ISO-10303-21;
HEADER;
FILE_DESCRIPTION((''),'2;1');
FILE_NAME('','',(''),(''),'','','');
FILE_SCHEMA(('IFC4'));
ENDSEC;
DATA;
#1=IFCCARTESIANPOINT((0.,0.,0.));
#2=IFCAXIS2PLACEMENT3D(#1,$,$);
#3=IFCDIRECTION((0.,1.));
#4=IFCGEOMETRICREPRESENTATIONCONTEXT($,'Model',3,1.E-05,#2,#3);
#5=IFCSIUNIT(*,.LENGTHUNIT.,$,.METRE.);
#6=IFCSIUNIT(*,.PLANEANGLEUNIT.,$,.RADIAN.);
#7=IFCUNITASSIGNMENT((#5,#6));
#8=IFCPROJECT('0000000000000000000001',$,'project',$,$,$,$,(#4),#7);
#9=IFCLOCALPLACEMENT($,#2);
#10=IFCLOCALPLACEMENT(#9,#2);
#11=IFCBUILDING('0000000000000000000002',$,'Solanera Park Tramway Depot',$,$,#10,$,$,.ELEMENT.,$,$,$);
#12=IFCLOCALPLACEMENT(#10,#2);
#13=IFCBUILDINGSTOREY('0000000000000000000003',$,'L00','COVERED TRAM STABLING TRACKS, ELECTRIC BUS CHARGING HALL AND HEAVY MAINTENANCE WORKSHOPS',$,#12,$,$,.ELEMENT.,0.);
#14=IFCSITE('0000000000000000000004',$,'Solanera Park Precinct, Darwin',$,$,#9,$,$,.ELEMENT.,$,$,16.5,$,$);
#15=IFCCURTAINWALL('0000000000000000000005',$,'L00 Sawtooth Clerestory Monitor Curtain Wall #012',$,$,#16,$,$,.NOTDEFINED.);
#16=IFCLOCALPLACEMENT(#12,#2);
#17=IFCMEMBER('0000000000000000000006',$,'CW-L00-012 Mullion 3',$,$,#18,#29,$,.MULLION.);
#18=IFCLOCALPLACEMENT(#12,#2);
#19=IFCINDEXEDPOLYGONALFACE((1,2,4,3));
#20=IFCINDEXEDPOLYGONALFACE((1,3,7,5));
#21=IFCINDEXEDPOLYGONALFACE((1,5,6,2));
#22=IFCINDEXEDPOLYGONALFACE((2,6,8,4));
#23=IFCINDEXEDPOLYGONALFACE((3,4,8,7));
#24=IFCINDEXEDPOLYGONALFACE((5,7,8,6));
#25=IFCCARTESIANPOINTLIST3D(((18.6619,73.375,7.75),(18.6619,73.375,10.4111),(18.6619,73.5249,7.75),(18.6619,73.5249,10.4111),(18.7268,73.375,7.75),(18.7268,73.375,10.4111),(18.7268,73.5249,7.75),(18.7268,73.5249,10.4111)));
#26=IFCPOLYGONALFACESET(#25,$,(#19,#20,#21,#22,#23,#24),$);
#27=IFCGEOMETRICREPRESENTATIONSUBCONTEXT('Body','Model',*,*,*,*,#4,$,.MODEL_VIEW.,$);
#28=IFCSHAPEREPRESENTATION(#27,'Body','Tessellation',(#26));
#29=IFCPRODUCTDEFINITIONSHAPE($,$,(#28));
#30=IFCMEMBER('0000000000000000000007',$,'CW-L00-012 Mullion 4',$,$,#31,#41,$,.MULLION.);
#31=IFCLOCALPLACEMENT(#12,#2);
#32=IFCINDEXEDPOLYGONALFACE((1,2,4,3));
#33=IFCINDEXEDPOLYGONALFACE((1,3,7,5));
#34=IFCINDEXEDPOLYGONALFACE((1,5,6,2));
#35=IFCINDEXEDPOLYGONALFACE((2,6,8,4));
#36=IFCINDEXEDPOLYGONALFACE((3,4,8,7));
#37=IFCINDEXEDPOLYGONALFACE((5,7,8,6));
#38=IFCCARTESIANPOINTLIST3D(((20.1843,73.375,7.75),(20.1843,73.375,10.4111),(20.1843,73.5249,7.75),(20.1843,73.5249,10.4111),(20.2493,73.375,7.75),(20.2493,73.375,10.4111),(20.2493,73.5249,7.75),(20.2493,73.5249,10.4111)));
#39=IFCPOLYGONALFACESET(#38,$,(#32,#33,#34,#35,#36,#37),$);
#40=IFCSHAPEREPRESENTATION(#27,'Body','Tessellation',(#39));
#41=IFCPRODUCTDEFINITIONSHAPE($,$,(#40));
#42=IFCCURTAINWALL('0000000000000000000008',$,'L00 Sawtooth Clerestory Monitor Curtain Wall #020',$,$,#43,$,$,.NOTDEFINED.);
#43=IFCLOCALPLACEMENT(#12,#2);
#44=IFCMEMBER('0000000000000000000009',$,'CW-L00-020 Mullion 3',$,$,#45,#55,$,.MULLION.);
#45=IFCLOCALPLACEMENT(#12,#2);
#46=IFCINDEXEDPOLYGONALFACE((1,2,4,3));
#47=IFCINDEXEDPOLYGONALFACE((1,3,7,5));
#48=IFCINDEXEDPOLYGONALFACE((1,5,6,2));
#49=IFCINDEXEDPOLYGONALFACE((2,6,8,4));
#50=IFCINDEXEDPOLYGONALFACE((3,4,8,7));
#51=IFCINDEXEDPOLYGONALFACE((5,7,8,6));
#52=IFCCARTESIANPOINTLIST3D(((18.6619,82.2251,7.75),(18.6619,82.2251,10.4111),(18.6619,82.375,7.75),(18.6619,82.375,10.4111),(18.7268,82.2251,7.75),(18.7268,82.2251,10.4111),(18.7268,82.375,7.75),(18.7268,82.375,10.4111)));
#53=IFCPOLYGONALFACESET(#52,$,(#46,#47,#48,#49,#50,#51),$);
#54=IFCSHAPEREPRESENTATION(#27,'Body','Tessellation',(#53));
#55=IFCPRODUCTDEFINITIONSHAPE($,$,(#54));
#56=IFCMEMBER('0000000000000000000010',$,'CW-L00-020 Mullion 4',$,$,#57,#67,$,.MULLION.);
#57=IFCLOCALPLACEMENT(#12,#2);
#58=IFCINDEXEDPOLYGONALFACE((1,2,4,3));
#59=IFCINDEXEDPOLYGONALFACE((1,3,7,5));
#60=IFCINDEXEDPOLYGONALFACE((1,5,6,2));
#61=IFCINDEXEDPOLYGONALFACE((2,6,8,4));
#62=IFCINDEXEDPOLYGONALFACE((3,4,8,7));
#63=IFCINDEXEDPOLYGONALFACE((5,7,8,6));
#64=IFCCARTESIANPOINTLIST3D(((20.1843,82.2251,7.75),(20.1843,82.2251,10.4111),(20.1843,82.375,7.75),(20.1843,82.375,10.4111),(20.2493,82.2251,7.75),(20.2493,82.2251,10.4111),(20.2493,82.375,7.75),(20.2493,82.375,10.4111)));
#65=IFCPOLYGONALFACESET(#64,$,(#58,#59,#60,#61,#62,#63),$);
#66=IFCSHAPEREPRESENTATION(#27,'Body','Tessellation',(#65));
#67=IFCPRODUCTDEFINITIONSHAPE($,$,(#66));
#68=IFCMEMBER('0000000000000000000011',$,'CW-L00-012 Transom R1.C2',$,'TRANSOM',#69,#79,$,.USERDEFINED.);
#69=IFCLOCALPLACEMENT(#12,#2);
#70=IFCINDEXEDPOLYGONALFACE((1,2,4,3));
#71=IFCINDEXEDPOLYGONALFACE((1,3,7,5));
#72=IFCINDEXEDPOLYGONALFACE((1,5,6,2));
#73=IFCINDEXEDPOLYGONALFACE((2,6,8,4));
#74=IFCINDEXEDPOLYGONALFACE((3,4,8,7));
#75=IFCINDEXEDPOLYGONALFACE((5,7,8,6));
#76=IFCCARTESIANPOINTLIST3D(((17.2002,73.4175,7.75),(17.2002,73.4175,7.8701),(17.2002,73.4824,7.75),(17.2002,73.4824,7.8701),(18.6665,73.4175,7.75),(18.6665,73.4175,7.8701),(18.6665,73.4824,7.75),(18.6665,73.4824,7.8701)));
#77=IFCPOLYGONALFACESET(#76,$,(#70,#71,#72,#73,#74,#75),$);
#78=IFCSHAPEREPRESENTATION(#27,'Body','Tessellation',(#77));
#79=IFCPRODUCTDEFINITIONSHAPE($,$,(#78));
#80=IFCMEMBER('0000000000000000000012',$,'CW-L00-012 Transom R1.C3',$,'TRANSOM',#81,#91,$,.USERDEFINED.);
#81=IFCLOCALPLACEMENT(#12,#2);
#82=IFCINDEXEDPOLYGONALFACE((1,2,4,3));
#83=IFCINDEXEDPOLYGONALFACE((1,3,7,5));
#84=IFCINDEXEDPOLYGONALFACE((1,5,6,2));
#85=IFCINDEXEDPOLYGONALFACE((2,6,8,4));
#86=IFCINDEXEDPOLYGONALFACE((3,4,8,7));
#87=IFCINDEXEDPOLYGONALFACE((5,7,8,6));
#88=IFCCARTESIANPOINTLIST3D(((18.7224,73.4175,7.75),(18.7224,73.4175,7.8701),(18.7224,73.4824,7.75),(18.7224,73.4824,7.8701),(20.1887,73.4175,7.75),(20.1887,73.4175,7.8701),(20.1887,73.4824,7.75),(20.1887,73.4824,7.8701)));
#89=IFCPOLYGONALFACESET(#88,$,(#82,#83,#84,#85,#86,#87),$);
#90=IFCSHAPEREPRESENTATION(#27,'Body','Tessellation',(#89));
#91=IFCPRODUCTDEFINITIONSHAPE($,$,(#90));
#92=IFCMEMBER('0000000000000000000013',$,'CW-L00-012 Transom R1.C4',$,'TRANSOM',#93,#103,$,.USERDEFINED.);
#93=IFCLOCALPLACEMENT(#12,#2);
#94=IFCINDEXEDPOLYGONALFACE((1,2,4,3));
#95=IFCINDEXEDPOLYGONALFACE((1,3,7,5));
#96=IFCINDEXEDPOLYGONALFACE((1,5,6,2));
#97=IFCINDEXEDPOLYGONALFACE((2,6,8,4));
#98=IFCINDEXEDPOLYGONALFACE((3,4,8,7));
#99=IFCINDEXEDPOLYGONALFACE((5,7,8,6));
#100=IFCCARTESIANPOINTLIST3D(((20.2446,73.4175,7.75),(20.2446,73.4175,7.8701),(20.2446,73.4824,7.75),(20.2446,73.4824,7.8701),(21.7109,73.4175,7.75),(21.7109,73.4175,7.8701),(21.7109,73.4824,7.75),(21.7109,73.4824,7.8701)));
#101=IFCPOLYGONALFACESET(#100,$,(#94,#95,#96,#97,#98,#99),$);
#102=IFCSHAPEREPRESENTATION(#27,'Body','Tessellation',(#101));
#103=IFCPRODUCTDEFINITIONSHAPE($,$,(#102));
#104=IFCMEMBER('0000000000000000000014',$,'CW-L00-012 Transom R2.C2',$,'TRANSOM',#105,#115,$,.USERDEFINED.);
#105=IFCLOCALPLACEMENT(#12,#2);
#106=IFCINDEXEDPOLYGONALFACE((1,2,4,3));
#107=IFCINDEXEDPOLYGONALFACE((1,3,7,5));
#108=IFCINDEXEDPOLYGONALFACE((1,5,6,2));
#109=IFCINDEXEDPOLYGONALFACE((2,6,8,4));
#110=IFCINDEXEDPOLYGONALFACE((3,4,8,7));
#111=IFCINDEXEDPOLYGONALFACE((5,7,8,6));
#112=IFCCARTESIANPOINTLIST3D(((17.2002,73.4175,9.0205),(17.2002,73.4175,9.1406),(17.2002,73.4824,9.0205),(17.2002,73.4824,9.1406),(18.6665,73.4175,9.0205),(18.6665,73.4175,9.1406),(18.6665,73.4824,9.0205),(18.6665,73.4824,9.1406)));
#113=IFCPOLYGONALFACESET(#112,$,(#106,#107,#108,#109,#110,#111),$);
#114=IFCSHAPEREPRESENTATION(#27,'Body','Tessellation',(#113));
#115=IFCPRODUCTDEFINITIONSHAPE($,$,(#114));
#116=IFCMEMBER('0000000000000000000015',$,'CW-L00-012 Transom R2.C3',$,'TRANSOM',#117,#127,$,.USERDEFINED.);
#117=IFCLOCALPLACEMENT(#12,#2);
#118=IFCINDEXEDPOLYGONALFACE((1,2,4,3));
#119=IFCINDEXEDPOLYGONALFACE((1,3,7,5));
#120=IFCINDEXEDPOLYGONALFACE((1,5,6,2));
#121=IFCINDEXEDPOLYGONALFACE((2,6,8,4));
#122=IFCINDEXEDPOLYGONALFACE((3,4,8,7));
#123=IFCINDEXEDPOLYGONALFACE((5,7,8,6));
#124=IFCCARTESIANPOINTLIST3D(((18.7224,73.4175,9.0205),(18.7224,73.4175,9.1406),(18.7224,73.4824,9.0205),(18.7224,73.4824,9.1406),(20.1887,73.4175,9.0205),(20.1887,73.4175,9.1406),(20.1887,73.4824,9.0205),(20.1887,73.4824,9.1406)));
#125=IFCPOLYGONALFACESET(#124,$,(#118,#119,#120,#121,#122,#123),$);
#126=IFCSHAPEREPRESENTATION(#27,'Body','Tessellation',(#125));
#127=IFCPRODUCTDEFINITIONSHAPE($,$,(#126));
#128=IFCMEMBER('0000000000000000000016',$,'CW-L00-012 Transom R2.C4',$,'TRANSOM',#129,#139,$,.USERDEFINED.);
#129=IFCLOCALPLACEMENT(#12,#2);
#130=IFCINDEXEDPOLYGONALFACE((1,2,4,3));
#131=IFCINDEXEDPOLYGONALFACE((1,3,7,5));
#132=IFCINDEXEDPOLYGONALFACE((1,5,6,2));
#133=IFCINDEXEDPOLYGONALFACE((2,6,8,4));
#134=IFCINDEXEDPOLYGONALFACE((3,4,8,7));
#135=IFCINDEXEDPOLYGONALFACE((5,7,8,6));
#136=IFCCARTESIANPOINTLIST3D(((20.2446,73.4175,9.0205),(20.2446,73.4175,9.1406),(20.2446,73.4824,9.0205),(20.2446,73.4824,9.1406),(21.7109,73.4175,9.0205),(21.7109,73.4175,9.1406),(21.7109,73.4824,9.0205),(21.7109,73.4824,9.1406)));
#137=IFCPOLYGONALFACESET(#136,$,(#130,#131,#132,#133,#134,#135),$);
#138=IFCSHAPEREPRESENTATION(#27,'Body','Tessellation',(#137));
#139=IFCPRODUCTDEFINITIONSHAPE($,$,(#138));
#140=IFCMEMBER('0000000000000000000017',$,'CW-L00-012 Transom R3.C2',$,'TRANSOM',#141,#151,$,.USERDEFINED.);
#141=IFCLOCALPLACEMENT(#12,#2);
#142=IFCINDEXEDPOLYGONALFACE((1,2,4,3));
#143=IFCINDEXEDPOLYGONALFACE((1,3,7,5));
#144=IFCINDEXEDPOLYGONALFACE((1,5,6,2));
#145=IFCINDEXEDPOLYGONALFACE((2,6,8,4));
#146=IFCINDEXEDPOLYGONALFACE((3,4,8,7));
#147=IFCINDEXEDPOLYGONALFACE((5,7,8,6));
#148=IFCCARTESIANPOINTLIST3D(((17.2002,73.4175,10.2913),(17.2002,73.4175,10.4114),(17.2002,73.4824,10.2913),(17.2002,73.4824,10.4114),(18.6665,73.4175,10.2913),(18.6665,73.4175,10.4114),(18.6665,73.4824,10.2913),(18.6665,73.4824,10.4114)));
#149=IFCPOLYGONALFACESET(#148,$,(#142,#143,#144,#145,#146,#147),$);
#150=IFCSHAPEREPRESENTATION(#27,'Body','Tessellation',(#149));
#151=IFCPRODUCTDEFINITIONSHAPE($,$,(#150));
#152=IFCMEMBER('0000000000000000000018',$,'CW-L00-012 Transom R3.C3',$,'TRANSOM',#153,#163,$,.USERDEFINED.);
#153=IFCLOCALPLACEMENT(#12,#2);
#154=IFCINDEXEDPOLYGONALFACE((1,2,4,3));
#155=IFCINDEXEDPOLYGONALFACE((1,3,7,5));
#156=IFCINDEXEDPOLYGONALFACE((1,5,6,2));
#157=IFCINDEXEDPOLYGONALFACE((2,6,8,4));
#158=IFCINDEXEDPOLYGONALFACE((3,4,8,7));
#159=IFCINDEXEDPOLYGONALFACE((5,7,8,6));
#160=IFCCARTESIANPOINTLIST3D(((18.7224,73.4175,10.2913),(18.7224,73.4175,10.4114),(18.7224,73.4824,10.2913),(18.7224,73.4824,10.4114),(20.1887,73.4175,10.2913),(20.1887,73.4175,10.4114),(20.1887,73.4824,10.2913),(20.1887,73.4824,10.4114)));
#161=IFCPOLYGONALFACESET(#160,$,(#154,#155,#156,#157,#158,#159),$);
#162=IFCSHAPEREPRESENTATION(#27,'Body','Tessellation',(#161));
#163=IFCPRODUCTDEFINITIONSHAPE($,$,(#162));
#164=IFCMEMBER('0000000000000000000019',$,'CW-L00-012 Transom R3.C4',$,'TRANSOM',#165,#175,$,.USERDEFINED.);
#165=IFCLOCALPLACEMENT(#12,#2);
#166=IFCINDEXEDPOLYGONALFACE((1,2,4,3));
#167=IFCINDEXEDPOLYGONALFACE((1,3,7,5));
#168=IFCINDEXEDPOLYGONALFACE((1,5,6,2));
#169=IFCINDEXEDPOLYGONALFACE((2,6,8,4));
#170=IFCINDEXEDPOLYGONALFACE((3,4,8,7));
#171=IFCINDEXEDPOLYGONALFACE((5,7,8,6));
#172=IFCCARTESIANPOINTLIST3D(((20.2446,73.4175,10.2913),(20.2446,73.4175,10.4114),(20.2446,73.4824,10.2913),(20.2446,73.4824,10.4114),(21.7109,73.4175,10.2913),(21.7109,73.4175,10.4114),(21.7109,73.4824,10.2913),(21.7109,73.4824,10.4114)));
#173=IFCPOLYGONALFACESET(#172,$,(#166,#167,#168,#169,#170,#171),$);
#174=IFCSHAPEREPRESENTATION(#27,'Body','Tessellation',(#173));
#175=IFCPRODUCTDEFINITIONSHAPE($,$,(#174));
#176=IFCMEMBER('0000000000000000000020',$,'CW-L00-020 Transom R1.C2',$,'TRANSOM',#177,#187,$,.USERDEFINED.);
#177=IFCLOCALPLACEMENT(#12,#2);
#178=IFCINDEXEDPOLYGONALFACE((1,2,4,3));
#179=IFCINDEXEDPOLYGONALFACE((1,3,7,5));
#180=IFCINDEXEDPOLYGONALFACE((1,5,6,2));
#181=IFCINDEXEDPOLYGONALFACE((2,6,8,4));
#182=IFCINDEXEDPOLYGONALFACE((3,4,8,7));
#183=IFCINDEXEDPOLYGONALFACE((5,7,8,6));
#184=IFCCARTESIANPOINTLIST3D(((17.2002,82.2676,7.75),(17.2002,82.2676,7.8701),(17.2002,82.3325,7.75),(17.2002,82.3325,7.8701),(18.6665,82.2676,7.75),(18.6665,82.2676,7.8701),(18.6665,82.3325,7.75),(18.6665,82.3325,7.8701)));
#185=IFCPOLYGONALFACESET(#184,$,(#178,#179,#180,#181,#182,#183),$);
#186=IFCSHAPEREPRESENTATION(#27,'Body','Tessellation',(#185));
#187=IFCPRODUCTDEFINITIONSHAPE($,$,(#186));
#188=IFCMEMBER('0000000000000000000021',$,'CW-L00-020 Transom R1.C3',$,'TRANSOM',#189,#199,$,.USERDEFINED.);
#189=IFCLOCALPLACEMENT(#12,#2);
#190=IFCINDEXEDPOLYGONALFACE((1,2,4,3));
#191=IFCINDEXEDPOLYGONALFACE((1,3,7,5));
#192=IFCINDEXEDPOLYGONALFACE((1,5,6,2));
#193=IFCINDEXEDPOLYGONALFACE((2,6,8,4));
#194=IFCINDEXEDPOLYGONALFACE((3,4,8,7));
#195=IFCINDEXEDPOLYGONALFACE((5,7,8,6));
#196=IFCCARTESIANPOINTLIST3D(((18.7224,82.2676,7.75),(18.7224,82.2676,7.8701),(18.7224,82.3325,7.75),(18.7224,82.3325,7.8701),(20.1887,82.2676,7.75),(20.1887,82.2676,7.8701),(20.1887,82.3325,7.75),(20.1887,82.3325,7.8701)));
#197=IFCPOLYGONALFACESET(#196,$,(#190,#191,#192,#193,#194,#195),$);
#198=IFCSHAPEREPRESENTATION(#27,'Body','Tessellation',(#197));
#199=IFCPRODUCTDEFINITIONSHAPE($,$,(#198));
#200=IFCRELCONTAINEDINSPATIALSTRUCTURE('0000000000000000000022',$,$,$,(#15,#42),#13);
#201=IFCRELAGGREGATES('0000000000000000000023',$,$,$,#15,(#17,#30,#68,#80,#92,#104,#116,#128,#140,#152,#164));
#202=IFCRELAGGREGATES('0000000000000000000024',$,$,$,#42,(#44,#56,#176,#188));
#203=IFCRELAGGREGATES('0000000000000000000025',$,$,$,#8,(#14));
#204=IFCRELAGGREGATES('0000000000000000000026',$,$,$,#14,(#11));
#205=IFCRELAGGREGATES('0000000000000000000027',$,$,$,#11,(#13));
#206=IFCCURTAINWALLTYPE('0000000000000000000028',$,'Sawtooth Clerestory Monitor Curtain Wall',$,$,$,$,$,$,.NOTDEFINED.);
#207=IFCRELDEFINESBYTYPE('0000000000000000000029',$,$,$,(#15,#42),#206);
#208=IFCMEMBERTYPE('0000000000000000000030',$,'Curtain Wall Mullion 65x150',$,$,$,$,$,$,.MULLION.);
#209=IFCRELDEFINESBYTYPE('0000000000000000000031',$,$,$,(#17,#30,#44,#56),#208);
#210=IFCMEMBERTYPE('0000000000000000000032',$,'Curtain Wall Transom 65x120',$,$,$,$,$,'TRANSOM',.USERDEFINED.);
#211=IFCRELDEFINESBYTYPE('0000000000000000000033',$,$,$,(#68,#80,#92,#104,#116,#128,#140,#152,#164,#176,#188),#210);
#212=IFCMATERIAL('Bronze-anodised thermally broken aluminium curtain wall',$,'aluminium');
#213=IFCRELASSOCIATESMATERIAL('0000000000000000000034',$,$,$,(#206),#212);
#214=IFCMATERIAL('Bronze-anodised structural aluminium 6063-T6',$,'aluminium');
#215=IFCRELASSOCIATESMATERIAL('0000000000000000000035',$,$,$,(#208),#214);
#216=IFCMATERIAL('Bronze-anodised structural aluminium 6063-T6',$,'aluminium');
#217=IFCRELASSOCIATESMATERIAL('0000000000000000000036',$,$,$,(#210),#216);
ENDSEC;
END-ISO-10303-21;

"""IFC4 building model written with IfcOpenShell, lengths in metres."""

from ifc_helpers import new_model, si_unit, direction, frame, origin, origin_2d, place, context, subcontext, project, spatial, rectangle, extrude, material, material_profile, profile_set, type_object, element, aggregate, save


model = new_model("IFC4")

# Units and contexts
model_context = context("Model", 3, precision=1e-05, world=origin(), true_north=direction((0.0, 1.0)))
body_context = subcontext(model_context, "Body", "Model", "MODEL_VIEW")
ifc_project = project(units=[si_unit("LENGTHUNIT", "METRE"), si_unit("PLANEANGLEUNIT", "RADIAN")], contexts=[model_context])

# Site, building, storey
site_placement = place(None, origin())
site = spatial("IfcSite", under=ifc_project, at=site_placement, Name="Solanera Park Precinct, Darwin", CompositionType="ELEMENT", RefElevation=16.5)
building_placement = place(site_placement, origin())
building = spatial("IfcBuilding", under=site, at=building_placement, Name="Solanera Park Tramway Depot", CompositionType="ELEMENT")
storey_placement = place(building_placement, origin())
storey = spatial("IfcBuildingStorey", under=building, at=storey_placement, Name="L00", Description="COVERED TRAM STABLING TRACKS, ELECTRIC BUS CHARGING HALL AND HEAVY MAINTENANCE WORKSHOPS", CompositionType="ELEMENT", Elevation=0.0)

# Curtain walls, members
ifc_material_1 = material(Name="Bronze-anodised thermally broken aluminium curtain wall", Category="aluminium")
curtain_wall_type = type_object("IfcCurtainWallType", Name="Sawtooth Clerestory Monitor Curtain Wall", PredefinedType="NOTDEFINED", material=ifc_material_1)
curtain_wall_1_placement = place(storey_placement, origin())
curtain_wall_1 = element("IfcCurtainWall", 1, at=curtain_wall_1_placement, inside=storey, type_object=curtain_wall_type, Name="L00 Sawtooth Clerestory Monitor Curtain Wall #012", PredefinedType="NOTDEFINED")
ifc_material_2 = material(Name="Bronze-anodised structural aluminium 6063-T6", Category="aluminium")
ifc_material_profile_1 = material_profile(ifc_material_2, rectangle(XDim=0.0649, YDim=0.1499, at=origin_2d()), Name="Curtain Wall Mullion 65x150")
ifc_profile_set_1 = profile_set([ifc_material_profile_1], Name="Bronze-anodised structural aluminium 6063-T6")
member_type_1 = type_object("IfcMemberType", Name="Curtain Wall Mullion 65x150", PredefinedType="MULLION", material=ifc_profile_set_1)
member_1_placement = place(storey_placement, frame((18.6943, 73.45, 7.75), z_axis=(0.0, 0.0, 1.0), x_axis=(1.0, 0.0, 0.0)))
member_1 = element("IfcMember", 2, at=member_1_placement, type_object=member_type_1, Name="CW-L00-012 Mullion 3", PredefinedType="MULLION", context=body_context, shape_type="SweptSolid", body=[
    extrude(rectangle(XDim=0.0649, YDim=0.1499, at=origin_2d()), origin(), (0.0, 0.0, 1.0), 2.6611),
])
member_2_placement = place(storey_placement, frame((20.2168, 73.45, 7.75), z_axis=(0.0, 0.0, 1.0), x_axis=(1.0, 0.0, 0.0)))
member_2 = element("IfcMember", 3, at=member_2_placement, type_object=member_type_1, Name="CW-L00-012 Mullion 4", PredefinedType="MULLION", context=body_context, shape_type="SweptSolid", body=[
    extrude(rectangle(XDim=0.0649, YDim=0.1499, at=origin_2d()), origin(), (0.0, 0.0, 1.0), 2.6611),
])
curtain_wall_2_placement = place(storey_placement, origin())
curtain_wall_2 = element("IfcCurtainWall", 4, at=curtain_wall_2_placement, inside=storey, type_object=curtain_wall_type, Name="L00 Sawtooth Clerestory Monitor Curtain Wall #020", PredefinedType="NOTDEFINED")
member_3_placement = place(storey_placement, frame((18.6943, 82.3, 7.75), z_axis=(0.0, 0.0, 1.0), x_axis=(1.0, 0.0, 0.0)))
member_3 = element("IfcMember", 5, at=member_3_placement, type_object=member_type_1, Name="CW-L00-020 Mullion 3", PredefinedType="MULLION", context=body_context, shape_type="SweptSolid", body=[
    extrude(rectangle(XDim=0.0649, YDim=0.1499, at=origin_2d()), origin(), (0.0, 0.0, 1.0), 2.6611),
])
member_4_placement = place(storey_placement, frame((20.2168, 82.3, 7.75), z_axis=(0.0, 0.0, 1.0), x_axis=(1.0, 0.0, 0.0)))
member_4 = element("IfcMember", 6, at=member_4_placement, type_object=member_type_1, Name="CW-L00-020 Mullion 4", PredefinedType="MULLION", context=body_context, shape_type="SweptSolid", body=[
    extrude(rectangle(XDim=0.0649, YDim=0.1499, at=origin_2d()), origin(), (0.0, 0.0, 1.0), 2.6611),
])

# Members
ifc_material_3 = material(Name="Bronze-anodised structural aluminium 6063-T6", Category="aluminium")
ifc_material_profile_2 = material_profile(ifc_material_3, rectangle(XDim=0.0649, YDim=0.1201, at=origin_2d()), Name="Curtain Wall Transom 65x120")
ifc_profile_set_2 = profile_set([ifc_material_profile_2], Name="Bronze-anodised structural aluminium 6063-T6")
member_type_2 = type_object("IfcMemberType", Name="Curtain Wall Transom 65x120", ElementType="TRANSOM", PredefinedType="USERDEFINED", material=ifc_profile_set_2)
member_5_placement = place(storey_placement, frame((17.2002, 73.45, 7.8101), z_axis=(1.0, 0.0, 0.0), x_axis=(0.0, 1.0, 0.0)))
member_5 = element("IfcMember", 7, at=member_5_placement, type_object=member_type_2, Name="CW-L00-012 Transom R1.C2", ObjectType="TRANSOM", PredefinedType="USERDEFINED", context=body_context, shape_type="SweptSolid", body=[
    extrude(rectangle(XDim=0.0649, YDim=0.1201, at=origin_2d()), origin(), (0.0, 0.0, 1.0), 1.4663),
])
member_6_placement = place(storey_placement, frame((18.7224, 73.45, 7.8101), z_axis=(1.0, 0.0, 0.0), x_axis=(0.0, 1.0, 0.0)))
member_6 = element("IfcMember", 8, at=member_6_placement, type_object=member_type_2, Name="CW-L00-012 Transom R1.C3", ObjectType="TRANSOM", PredefinedType="USERDEFINED", context=body_context, shape_type="SweptSolid", body=[
    extrude(rectangle(XDim=0.0649, YDim=0.1201, at=origin_2d()), origin(), (0.0, 0.0, 1.0), 1.4663),
])
member_7_placement = place(storey_placement, frame((20.2446, 73.45, 7.8101), z_axis=(1.0, 0.0, 0.0), x_axis=(0.0, 1.0, 0.0)))
member_7 = element("IfcMember", 9, at=member_7_placement, type_object=member_type_2, Name="CW-L00-012 Transom R1.C4", ObjectType="TRANSOM", PredefinedType="USERDEFINED", context=body_context, shape_type="SweptSolid", body=[
    extrude(rectangle(XDim=0.0649, YDim=0.1201, at=origin_2d()), origin(), (0.0, 0.0, 1.0), 1.4663),
])
member_8_placement = place(storey_placement, frame((17.2002, 73.45, 9.0806), z_axis=(1.0, 0.0, 0.0), x_axis=(0.0, 1.0, 0.0)))
member_8 = element("IfcMember", 10, at=member_8_placement, type_object=member_type_2, Name="CW-L00-012 Transom R2.C2", ObjectType="TRANSOM", PredefinedType="USERDEFINED", context=body_context, shape_type="SweptSolid", body=[
    extrude(rectangle(XDim=0.0649, YDim=0.1201, at=origin_2d()), origin(), (0.0, 0.0, 1.0), 1.4663),
])
member_9_placement = place(storey_placement, frame((18.7224, 73.45, 9.0806), z_axis=(1.0, 0.0, 0.0), x_axis=(0.0, 1.0, 0.0)))
member_9 = element("IfcMember", 11, at=member_9_placement, type_object=member_type_2, Name="CW-L00-012 Transom R2.C3", ObjectType="TRANSOM", PredefinedType="USERDEFINED", context=body_context, shape_type="SweptSolid", body=[
    extrude(rectangle(XDim=0.0649, YDim=0.1201, at=origin_2d()), origin(), (0.0, 0.0, 1.0), 1.4663),
])
member_10_placement = place(storey_placement, frame((20.2446, 73.45, 9.0806), z_axis=(1.0, 0.0, 0.0), x_axis=(0.0, 1.0, 0.0)))
member_10 = element("IfcMember", 12, at=member_10_placement, type_object=member_type_2, Name="CW-L00-012 Transom R2.C4", ObjectType="TRANSOM", PredefinedType="USERDEFINED", context=body_context, shape_type="SweptSolid", body=[
    extrude(rectangle(XDim=0.0649, YDim=0.1201, at=origin_2d()), origin(), (0.0, 0.0, 1.0), 1.4663),
])
member_11_placement = place(storey_placement, frame((17.2002, 73.45, 10.3513), z_axis=(1.0, 0.0, 0.0), x_axis=(0.0, 1.0, 0.0)))
member_11 = element("IfcMember", 13, at=member_11_placement, type_object=member_type_2, Name="CW-L00-012 Transom R3.C2", ObjectType="TRANSOM", PredefinedType="USERDEFINED", context=body_context, shape_type="SweptSolid", body=[
    extrude(rectangle(XDim=0.0649, YDim=0.1201, at=origin_2d()), origin(), (0.0, 0.0, 1.0), 1.4663),
])
member_12_placement = place(storey_placement, frame((18.7224, 73.45, 10.3513), z_axis=(1.0, 0.0, 0.0), x_axis=(0.0, 1.0, 0.0)))
member_12 = element("IfcMember", 14, at=member_12_placement, type_object=member_type_2, Name="CW-L00-012 Transom R3.C3", ObjectType="TRANSOM", PredefinedType="USERDEFINED", context=body_context, shape_type="SweptSolid", body=[
    extrude(rectangle(XDim=0.0649, YDim=0.1201, at=origin_2d()), origin(), (0.0, 0.0, 1.0), 1.4663),
])
member_13_placement = place(storey_placement, frame((20.2446, 73.45, 10.3513), z_axis=(1.0, 0.0, 0.0), x_axis=(0.0, 1.0, 0.0)))
member_13 = element("IfcMember", 15, at=member_13_placement, type_object=member_type_2, Name="CW-L00-012 Transom R3.C4", ObjectType="TRANSOM", PredefinedType="USERDEFINED", context=body_context, shape_type="SweptSolid", body=[
    extrude(rectangle(XDim=0.0649, YDim=0.1201, at=origin_2d()), origin(), (0.0, 0.0, 1.0), 1.4663),
])
member_14_placement = place(storey_placement, frame((17.2002, 82.3, 7.8101), z_axis=(1.0, 0.0, 0.0), x_axis=(0.0, 1.0, 0.0)))
member_14 = element("IfcMember", 16, at=member_14_placement, type_object=member_type_2, Name="CW-L00-020 Transom R1.C2", ObjectType="TRANSOM", PredefinedType="USERDEFINED", context=body_context, shape_type="SweptSolid", body=[
    extrude(rectangle(XDim=0.0649, YDim=0.1201, at=origin_2d()), origin(), (0.0, 0.0, 1.0), 1.4663),
])
member_15_placement = place(storey_placement, frame((18.7224, 82.3, 7.8101), z_axis=(1.0, 0.0, 0.0), x_axis=(0.0, 1.0, 0.0)))
member_15 = element("IfcMember", 17, at=member_15_placement, type_object=member_type_2, Name="CW-L00-020 Transom R1.C3", ObjectType="TRANSOM", PredefinedType="USERDEFINED", context=body_context, shape_type="SweptSolid", body=[
    extrude(rectangle(XDim=0.0649, YDim=0.1201, at=origin_2d()), origin(), (0.0, 0.0, 1.0), 1.4663),
])

aggregate(curtain_wall_1, [member_1, member_2, member_5, member_6, member_7, member_8, member_9, member_10, member_11, member_12, member_13])
aggregate(curtain_wall_2, [member_3, member_4, member_14, member_15])

save(model, "model.ifc")
